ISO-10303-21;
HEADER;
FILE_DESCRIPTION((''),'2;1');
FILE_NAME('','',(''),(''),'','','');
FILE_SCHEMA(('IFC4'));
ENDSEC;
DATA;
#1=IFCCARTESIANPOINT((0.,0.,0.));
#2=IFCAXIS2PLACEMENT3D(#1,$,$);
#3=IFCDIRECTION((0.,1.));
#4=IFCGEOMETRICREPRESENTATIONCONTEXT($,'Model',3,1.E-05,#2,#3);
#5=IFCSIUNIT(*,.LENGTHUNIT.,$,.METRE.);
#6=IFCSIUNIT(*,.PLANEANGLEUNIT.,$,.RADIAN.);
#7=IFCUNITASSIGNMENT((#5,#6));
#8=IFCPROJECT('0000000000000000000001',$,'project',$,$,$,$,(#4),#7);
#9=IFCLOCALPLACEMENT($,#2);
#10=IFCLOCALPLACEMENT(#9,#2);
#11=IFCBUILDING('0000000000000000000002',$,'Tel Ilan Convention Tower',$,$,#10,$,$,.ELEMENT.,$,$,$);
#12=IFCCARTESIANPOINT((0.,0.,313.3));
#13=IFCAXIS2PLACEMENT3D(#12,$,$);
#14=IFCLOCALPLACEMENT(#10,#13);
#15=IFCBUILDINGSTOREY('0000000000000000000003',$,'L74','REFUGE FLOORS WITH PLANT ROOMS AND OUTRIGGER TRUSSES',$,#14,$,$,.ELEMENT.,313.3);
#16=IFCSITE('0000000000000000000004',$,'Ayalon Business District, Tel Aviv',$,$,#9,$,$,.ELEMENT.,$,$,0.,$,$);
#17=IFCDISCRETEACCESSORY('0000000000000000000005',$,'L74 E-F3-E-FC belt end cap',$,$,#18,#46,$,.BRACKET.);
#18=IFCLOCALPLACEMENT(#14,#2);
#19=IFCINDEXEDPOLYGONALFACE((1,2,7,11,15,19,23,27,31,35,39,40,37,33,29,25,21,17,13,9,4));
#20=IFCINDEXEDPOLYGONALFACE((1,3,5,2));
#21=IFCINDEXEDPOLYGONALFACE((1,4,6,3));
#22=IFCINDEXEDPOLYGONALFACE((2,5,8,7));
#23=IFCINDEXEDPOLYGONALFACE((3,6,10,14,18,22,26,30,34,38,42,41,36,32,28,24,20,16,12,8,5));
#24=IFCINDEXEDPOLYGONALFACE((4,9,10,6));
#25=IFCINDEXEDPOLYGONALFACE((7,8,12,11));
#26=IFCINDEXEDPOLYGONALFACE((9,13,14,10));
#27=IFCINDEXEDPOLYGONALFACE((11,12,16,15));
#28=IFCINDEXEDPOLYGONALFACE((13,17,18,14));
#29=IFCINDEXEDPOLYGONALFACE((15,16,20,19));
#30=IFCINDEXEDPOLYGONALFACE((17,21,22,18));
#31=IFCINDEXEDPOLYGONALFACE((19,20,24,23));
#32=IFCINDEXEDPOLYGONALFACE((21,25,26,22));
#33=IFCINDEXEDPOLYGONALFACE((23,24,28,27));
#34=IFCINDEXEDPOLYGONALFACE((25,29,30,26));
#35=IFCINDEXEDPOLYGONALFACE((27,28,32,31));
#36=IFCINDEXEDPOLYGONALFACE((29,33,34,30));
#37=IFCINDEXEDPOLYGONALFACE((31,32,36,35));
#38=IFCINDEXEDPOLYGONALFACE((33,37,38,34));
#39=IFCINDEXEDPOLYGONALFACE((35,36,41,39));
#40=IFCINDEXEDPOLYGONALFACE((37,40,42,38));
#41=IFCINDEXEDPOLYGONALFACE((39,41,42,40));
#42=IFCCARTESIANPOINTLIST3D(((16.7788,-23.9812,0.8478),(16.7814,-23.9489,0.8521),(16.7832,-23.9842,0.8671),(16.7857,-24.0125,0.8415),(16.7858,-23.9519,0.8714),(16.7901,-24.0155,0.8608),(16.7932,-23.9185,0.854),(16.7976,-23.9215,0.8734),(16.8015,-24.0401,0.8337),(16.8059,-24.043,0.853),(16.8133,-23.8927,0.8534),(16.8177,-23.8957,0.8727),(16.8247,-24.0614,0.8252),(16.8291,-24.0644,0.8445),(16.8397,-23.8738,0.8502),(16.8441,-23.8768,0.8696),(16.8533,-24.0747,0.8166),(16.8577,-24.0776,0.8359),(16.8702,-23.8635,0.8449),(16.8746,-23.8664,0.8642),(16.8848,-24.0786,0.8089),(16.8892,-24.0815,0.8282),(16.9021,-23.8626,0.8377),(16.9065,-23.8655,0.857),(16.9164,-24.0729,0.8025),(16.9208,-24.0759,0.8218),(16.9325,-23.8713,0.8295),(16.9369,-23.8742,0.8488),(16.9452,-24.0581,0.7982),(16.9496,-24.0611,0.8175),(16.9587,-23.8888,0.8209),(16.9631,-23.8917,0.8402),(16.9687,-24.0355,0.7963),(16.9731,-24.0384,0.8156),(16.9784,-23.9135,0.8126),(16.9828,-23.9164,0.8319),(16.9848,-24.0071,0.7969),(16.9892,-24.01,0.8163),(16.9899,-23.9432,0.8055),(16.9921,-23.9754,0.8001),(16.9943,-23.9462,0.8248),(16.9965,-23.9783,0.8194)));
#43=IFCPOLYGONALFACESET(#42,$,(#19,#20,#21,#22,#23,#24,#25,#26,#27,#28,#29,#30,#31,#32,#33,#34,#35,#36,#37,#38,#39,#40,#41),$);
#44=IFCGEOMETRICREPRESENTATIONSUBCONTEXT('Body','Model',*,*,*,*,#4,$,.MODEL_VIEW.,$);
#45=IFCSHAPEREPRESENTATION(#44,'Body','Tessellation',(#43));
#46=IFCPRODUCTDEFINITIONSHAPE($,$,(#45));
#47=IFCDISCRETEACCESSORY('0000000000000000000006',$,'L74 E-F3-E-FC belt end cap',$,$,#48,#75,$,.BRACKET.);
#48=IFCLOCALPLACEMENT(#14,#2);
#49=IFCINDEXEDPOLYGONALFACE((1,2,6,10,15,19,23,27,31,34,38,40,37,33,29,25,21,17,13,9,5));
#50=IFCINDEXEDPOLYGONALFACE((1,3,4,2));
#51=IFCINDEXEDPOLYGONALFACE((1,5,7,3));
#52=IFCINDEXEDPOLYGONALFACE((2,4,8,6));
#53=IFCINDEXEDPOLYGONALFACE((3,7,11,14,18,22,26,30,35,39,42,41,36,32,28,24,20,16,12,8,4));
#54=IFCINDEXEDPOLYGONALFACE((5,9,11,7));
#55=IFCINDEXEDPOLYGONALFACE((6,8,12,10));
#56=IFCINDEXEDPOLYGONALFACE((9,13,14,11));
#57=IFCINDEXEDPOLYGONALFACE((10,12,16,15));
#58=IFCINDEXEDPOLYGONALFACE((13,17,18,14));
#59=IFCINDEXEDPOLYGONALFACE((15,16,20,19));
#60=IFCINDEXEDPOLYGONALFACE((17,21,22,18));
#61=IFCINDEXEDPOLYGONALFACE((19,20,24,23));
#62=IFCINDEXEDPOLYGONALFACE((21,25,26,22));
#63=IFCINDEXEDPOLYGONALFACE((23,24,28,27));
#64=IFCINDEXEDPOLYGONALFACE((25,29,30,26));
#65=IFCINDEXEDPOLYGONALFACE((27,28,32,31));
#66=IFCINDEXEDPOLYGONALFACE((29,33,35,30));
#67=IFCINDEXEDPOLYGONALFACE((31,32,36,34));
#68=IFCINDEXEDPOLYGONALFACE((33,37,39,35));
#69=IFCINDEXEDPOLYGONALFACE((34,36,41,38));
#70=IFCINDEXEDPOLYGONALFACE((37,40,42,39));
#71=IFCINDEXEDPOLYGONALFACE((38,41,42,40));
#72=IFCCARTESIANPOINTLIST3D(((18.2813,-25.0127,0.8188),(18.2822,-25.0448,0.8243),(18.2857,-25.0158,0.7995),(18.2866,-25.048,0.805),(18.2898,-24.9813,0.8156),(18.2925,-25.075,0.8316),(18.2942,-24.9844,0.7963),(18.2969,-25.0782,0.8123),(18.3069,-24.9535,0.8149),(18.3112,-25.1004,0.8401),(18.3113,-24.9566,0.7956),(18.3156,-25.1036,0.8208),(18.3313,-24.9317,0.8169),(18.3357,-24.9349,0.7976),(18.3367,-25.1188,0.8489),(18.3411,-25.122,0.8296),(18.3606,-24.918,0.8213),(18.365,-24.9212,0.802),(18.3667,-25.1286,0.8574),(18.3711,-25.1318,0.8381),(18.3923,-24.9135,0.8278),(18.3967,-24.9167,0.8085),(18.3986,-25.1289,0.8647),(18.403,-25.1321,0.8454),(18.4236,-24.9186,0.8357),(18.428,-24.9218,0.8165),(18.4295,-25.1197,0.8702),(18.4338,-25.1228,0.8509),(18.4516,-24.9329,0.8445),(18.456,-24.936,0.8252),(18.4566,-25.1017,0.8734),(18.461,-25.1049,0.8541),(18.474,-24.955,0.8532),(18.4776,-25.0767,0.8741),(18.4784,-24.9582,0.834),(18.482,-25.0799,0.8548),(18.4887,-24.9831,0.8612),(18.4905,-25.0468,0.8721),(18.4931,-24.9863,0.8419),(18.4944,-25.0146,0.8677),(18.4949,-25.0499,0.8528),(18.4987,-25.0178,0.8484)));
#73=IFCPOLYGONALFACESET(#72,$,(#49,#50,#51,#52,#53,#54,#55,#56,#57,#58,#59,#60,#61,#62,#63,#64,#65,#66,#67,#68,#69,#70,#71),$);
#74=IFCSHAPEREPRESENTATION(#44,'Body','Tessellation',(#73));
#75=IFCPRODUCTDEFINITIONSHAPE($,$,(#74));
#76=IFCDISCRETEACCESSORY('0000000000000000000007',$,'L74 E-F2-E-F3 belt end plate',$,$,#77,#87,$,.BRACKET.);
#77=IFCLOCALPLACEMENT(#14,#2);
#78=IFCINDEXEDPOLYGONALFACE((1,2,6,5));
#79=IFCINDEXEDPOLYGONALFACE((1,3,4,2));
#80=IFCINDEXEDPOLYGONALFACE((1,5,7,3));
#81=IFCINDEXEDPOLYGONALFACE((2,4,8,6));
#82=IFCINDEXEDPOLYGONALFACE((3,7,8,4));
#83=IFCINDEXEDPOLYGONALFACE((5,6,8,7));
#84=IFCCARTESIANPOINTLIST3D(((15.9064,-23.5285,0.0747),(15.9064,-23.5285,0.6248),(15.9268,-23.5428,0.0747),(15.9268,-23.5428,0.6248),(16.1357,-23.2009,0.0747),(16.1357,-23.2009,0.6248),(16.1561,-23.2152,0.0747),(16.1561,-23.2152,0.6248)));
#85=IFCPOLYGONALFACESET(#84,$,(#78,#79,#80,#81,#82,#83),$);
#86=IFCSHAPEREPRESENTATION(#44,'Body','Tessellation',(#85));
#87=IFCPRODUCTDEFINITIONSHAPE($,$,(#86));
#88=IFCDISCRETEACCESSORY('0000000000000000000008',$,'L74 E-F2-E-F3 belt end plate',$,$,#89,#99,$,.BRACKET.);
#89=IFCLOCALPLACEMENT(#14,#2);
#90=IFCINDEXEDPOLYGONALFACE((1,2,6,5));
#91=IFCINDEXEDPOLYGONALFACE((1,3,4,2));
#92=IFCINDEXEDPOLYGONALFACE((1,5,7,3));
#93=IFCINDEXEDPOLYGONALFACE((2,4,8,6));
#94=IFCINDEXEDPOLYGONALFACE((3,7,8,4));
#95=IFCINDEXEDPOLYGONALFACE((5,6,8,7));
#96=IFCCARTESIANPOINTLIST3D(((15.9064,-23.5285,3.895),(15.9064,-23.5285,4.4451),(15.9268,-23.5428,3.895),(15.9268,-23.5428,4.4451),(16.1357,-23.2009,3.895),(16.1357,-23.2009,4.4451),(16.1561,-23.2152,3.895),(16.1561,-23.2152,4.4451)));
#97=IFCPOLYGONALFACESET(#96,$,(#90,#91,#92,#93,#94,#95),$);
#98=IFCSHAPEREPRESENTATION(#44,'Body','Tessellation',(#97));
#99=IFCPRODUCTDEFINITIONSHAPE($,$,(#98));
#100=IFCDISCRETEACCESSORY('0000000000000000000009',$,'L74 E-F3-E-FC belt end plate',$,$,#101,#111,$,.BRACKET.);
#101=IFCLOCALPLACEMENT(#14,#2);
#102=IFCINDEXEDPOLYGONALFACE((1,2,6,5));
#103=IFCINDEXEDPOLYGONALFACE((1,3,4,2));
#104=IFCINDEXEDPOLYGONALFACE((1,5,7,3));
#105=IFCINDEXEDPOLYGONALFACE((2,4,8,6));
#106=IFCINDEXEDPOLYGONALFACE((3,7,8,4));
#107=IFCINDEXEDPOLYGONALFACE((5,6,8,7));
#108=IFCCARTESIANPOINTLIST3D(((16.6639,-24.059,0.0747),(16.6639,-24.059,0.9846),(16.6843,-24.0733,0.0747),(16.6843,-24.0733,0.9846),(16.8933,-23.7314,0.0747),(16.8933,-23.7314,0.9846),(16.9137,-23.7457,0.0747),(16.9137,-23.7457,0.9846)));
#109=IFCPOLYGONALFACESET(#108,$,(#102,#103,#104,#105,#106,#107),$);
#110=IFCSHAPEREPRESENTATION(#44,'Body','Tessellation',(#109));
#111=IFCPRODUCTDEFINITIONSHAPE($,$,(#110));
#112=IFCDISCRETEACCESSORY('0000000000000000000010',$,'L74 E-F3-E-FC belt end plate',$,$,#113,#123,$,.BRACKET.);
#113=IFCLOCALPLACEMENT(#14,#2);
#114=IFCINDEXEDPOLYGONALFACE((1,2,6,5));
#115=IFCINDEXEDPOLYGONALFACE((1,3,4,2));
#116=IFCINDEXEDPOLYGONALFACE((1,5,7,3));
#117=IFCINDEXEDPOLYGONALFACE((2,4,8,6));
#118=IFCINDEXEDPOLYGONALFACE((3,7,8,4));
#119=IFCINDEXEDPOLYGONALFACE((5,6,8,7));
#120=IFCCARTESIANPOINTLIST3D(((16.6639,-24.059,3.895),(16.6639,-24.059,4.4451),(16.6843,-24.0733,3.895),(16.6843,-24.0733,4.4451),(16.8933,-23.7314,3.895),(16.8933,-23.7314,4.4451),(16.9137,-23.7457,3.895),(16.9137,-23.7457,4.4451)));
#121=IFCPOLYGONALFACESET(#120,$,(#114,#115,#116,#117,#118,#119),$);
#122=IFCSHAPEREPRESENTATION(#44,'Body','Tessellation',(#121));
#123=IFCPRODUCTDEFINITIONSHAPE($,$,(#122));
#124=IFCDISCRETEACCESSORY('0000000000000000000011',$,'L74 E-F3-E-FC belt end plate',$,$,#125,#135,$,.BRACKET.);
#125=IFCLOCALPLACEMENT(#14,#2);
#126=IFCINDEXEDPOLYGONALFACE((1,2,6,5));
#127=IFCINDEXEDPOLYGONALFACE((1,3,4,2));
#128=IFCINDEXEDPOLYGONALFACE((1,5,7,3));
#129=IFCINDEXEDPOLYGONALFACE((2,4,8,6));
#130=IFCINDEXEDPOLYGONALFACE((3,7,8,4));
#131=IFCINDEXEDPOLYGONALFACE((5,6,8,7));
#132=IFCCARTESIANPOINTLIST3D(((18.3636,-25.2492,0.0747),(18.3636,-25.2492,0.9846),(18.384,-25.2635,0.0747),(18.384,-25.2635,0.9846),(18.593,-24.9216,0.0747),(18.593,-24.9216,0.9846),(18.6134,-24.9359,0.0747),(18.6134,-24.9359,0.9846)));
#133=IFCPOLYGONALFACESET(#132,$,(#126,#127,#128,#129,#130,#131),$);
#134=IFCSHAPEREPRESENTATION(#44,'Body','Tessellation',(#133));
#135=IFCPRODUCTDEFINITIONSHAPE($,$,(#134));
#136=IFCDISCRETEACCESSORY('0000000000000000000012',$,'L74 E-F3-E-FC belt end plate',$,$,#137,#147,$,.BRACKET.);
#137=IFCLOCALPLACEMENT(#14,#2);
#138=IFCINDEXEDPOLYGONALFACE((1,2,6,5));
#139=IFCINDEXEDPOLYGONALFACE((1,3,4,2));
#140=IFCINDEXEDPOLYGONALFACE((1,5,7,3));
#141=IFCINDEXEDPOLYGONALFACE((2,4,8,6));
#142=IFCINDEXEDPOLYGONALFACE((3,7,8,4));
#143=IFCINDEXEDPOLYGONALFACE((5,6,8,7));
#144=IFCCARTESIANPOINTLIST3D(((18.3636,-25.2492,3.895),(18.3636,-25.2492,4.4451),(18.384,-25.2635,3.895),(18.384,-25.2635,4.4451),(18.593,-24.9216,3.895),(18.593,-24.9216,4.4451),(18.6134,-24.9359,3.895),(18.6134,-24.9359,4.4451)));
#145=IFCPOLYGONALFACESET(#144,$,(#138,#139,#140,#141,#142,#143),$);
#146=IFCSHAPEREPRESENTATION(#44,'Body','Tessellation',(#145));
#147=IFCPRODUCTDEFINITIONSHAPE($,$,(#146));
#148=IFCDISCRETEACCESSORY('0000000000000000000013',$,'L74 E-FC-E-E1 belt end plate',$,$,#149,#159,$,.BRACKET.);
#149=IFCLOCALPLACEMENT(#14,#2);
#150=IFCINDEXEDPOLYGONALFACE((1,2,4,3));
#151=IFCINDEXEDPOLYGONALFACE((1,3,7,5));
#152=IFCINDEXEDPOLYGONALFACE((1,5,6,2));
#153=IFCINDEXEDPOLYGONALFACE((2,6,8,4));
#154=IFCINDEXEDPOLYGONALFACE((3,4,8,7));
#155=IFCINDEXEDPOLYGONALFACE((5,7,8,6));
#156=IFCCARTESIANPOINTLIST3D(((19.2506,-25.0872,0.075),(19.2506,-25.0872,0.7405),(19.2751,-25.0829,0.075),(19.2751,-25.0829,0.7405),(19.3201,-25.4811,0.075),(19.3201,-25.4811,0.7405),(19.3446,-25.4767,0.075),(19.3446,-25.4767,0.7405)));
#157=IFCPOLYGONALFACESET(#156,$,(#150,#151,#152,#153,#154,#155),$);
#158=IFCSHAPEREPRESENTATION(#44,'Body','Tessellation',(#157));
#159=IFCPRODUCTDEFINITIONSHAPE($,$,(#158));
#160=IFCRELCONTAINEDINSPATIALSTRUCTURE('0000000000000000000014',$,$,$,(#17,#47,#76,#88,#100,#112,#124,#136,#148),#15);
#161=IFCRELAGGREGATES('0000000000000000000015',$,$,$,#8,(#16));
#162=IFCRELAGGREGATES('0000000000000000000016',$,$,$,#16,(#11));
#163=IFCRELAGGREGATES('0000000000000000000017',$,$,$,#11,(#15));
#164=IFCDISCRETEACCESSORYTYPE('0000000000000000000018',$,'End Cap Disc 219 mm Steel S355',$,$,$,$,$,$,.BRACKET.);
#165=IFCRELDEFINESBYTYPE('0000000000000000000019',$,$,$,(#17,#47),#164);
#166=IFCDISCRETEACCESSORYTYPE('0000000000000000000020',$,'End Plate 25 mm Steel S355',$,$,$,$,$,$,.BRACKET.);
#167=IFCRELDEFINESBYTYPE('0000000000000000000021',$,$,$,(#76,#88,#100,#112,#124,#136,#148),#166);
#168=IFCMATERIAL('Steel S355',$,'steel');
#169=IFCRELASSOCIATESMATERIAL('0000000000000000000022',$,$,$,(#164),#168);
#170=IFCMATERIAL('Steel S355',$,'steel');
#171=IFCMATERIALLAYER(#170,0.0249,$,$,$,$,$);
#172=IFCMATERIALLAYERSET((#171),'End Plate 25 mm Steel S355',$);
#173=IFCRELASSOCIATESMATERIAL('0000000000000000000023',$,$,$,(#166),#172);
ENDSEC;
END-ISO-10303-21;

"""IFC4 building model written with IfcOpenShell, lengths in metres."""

from ifc_helpers import new_model, si_unit, direction, frame, origin, origin_2d, place, context, subcontext, project, spatial, rectangle, circle, extrude, material, layer, layer_set, material_profile, profile_set, type_object, element, save


model = new_model("IFC4")

# Units and contexts
model_context = context("Model", 3, precision=1e-05, world=origin(), true_north=direction((0.0, 1.0)))
body_context = subcontext(model_context, "Body", "Model", "MODEL_VIEW")
ifc_project = project(units=[si_unit("LENGTHUNIT", "METRE"), si_unit("PLANEANGLEUNIT", "RADIAN")], contexts=[model_context])

# Site, building, storey
site_placement = place(None, origin())
site = spatial("IfcSite", under=ifc_project, at=site_placement, Name="Ayalon Business District, Tel Aviv", CompositionType="ELEMENT", RefElevation=0.0)
building_placement = place(site_placement, origin())
building = spatial("IfcBuilding", under=site, at=building_placement, Name="Tel Ilan Convention Tower", CompositionType="ELEMENT")
storey_placement = place(building_placement, frame((0.0, 0.0, 313.3)))
storey = spatial("IfcBuildingStorey", under=building, at=storey_placement, Name="L74", Description="REFUGE FLOORS WITH PLANT ROOMS AND OUTRIGGER TRUSSES", CompositionType="ELEMENT", Elevation=313.3)

# Discrete accessories
ifc_material_1 = material(Name="Steel S355", Category="steel")
ifc_material_profile_1 = material_profile(ifc_material_1, circle(Radius=0.1096, at=origin_2d()), Name="End Cap Disc 219 mm Steel S355")
ifc_profile_set_1 = profile_set([ifc_material_profile_1], Name="Steel S355")
discrete_accessory_type_1 = type_object("IfcDiscreteAccessoryType", Name="End Cap Disc 219 mm Steel S355", PredefinedType="BRACKET", material=ifc_profile_set_1)
for number, where, z_axis, x_axis, name in (
    (1, (16.8899, -23.9731, 0.8445), (-0.219757, 0.146505, -0.964491), (-0.5547, -0.83205, 0.0), "L74 E-F3-E-FC belt end cap"),
    (2, (18.3875, -25.0217, 0.8445), (0.219349, -0.158419, -0.962699), (0.585491, 0.810679, 0.0), "L74 E-F3-E-FC belt end cap"),
):
    element("IfcDiscreteAccessory", number, at=place(storey_placement, frame(where, z_axis=z_axis, x_axis=x_axis)), inside=storey, type_object=discrete_accessory_type_1, Name=name, PredefinedType="BRACKET", context=body_context, shape_type="SweptSolid", body=[
        extrude(circle(Radius=0.1096, at=origin_2d()), origin(), (0.0, 0.0, 1.0), 0.02),
    ])
ifc_material_2 = material(Name="Steel S355", Category="steel")
ifc_layer_1 = layer(ifc_material_2, 0.0249)
ifc_layer_set_1 = layer_set([ifc_layer_1], Name="End Plate 25 mm Steel S355")
discrete_accessory_type_2 = type_object("IfcDiscreteAccessoryType", Name="End Plate 25 mm Steel S355", PredefinedType="BRACKET", material=ifc_layer_set_1)
for number, where, z_axis, x_axis, name in (
    (3, (16.0312, -23.3718, 0.0747), (0.0, 0.0, 1.0), (0.819152, -0.573576, 0.0), "L74 E-F2-E-F3 belt end plate"),
    (4, (16.0312, -23.3718, 3.895), (0.0, 0.0, 1.0), (0.819152, -0.573576, 0.0), "L74 E-F2-E-F3 belt end plate"),
):
    element("IfcDiscreteAccessory", number, at=place(storey_placement, frame(where, z_axis=z_axis, x_axis=x_axis)), inside=storey, type_object=discrete_accessory_type_2, Name=name, PredefinedType="BRACKET", context=body_context, shape_type="SweptSolid", body=[
        extrude(rectangle(XDim=0.0249, YDim=0.3999, at=origin_2d()), origin(), (0.0, 0.0, 1.0), 0.55),
    ])
discrete_accessory_1_placement = place(storey_placement, frame((16.7888, -23.9023, 0.0747), z_axis=(0.0, 0.0, 1.0), x_axis=(-0.819152, 0.573576, 0.0)))
element("IfcDiscreteAccessory", 5, at=discrete_accessory_1_placement, inside=storey, type_object=discrete_accessory_type_2, Name="L74 E-F3-E-FC belt end plate", PredefinedType="BRACKET", context=body_context, shape_type="SweptSolid", body=[
    extrude(rectangle(XDim=0.0249, YDim=0.3999, at=origin_2d()), origin(), (0.0, 0.0, 1.0), 0.9099),
])
discrete_accessory_2_placement = place(storey_placement, frame((16.7888, -23.9023, 3.895), z_axis=(0.0, 0.0, 1.0), x_axis=(-0.819152, 0.573576, 0.0)))
element("IfcDiscreteAccessory", 6, at=discrete_accessory_2_placement, inside=storey, type_object=discrete_accessory_type_2, Name="L74 E-F3-E-FC belt end plate", PredefinedType="BRACKET", context=body_context, shape_type="SweptSolid", body=[
    extrude(rectangle(XDim=0.0249, YDim=0.3999, at=origin_2d()), origin(), (0.0, 0.0, 1.0), 0.55),
])
discrete_accessory_3_placement = place(storey_placement, frame((18.4885, -25.0925, 0.0747), z_axis=(0.0, 0.0, 1.0), x_axis=(0.819152, -0.573576, 0.0)))
element("IfcDiscreteAccessory", 7, at=discrete_accessory_3_placement, inside=storey, type_object=discrete_accessory_type_2, Name="L74 E-F3-E-FC belt end plate", PredefinedType="BRACKET", context=body_context, shape_type="SweptSolid", body=[
    extrude(rectangle(XDim=0.0249, YDim=0.3999, at=origin_2d()), origin(), (0.0, 0.0, 1.0), 0.9099),
])
discrete_accessory_4_placement = place(storey_placement, frame((18.4885, -25.0925, 3.895), z_axis=(0.0, 0.0, 1.0), x_axis=(0.819152, -0.573576, 0.0)))
element("IfcDiscreteAccessory", 8, at=discrete_accessory_4_placement, inside=storey, type_object=discrete_accessory_type_2, Name="L74 E-F3-E-FC belt end plate", PredefinedType="BRACKET", context=body_context, shape_type="SweptSolid", body=[
    extrude(rectangle(XDim=0.0249, YDim=0.3999, at=origin_2d()), origin(), (0.0, 0.0, 1.0), 0.55),
])
discrete_accessory_5_placement = place(storey_placement, frame((19.2976, -25.282, 0.075), z_axis=(0.0, 0.0, 1.0), x_axis=(-0.984808, -0.173648, 0.0)))
element("IfcDiscreteAccessory", 9, at=discrete_accessory_5_placement, inside=storey, type_object=discrete_accessory_type_2, Name="L74 E-FC-E-E1 belt end plate", PredefinedType="BRACKET", context=body_context, shape_type="SweptSolid", body=[
    extrude(rectangle(XDim=0.0249, YDim=0.3999, at=origin_2d()), origin(), (0.0, 0.0, 1.0), 0.6655),
])

save(model, "model.ifc")
